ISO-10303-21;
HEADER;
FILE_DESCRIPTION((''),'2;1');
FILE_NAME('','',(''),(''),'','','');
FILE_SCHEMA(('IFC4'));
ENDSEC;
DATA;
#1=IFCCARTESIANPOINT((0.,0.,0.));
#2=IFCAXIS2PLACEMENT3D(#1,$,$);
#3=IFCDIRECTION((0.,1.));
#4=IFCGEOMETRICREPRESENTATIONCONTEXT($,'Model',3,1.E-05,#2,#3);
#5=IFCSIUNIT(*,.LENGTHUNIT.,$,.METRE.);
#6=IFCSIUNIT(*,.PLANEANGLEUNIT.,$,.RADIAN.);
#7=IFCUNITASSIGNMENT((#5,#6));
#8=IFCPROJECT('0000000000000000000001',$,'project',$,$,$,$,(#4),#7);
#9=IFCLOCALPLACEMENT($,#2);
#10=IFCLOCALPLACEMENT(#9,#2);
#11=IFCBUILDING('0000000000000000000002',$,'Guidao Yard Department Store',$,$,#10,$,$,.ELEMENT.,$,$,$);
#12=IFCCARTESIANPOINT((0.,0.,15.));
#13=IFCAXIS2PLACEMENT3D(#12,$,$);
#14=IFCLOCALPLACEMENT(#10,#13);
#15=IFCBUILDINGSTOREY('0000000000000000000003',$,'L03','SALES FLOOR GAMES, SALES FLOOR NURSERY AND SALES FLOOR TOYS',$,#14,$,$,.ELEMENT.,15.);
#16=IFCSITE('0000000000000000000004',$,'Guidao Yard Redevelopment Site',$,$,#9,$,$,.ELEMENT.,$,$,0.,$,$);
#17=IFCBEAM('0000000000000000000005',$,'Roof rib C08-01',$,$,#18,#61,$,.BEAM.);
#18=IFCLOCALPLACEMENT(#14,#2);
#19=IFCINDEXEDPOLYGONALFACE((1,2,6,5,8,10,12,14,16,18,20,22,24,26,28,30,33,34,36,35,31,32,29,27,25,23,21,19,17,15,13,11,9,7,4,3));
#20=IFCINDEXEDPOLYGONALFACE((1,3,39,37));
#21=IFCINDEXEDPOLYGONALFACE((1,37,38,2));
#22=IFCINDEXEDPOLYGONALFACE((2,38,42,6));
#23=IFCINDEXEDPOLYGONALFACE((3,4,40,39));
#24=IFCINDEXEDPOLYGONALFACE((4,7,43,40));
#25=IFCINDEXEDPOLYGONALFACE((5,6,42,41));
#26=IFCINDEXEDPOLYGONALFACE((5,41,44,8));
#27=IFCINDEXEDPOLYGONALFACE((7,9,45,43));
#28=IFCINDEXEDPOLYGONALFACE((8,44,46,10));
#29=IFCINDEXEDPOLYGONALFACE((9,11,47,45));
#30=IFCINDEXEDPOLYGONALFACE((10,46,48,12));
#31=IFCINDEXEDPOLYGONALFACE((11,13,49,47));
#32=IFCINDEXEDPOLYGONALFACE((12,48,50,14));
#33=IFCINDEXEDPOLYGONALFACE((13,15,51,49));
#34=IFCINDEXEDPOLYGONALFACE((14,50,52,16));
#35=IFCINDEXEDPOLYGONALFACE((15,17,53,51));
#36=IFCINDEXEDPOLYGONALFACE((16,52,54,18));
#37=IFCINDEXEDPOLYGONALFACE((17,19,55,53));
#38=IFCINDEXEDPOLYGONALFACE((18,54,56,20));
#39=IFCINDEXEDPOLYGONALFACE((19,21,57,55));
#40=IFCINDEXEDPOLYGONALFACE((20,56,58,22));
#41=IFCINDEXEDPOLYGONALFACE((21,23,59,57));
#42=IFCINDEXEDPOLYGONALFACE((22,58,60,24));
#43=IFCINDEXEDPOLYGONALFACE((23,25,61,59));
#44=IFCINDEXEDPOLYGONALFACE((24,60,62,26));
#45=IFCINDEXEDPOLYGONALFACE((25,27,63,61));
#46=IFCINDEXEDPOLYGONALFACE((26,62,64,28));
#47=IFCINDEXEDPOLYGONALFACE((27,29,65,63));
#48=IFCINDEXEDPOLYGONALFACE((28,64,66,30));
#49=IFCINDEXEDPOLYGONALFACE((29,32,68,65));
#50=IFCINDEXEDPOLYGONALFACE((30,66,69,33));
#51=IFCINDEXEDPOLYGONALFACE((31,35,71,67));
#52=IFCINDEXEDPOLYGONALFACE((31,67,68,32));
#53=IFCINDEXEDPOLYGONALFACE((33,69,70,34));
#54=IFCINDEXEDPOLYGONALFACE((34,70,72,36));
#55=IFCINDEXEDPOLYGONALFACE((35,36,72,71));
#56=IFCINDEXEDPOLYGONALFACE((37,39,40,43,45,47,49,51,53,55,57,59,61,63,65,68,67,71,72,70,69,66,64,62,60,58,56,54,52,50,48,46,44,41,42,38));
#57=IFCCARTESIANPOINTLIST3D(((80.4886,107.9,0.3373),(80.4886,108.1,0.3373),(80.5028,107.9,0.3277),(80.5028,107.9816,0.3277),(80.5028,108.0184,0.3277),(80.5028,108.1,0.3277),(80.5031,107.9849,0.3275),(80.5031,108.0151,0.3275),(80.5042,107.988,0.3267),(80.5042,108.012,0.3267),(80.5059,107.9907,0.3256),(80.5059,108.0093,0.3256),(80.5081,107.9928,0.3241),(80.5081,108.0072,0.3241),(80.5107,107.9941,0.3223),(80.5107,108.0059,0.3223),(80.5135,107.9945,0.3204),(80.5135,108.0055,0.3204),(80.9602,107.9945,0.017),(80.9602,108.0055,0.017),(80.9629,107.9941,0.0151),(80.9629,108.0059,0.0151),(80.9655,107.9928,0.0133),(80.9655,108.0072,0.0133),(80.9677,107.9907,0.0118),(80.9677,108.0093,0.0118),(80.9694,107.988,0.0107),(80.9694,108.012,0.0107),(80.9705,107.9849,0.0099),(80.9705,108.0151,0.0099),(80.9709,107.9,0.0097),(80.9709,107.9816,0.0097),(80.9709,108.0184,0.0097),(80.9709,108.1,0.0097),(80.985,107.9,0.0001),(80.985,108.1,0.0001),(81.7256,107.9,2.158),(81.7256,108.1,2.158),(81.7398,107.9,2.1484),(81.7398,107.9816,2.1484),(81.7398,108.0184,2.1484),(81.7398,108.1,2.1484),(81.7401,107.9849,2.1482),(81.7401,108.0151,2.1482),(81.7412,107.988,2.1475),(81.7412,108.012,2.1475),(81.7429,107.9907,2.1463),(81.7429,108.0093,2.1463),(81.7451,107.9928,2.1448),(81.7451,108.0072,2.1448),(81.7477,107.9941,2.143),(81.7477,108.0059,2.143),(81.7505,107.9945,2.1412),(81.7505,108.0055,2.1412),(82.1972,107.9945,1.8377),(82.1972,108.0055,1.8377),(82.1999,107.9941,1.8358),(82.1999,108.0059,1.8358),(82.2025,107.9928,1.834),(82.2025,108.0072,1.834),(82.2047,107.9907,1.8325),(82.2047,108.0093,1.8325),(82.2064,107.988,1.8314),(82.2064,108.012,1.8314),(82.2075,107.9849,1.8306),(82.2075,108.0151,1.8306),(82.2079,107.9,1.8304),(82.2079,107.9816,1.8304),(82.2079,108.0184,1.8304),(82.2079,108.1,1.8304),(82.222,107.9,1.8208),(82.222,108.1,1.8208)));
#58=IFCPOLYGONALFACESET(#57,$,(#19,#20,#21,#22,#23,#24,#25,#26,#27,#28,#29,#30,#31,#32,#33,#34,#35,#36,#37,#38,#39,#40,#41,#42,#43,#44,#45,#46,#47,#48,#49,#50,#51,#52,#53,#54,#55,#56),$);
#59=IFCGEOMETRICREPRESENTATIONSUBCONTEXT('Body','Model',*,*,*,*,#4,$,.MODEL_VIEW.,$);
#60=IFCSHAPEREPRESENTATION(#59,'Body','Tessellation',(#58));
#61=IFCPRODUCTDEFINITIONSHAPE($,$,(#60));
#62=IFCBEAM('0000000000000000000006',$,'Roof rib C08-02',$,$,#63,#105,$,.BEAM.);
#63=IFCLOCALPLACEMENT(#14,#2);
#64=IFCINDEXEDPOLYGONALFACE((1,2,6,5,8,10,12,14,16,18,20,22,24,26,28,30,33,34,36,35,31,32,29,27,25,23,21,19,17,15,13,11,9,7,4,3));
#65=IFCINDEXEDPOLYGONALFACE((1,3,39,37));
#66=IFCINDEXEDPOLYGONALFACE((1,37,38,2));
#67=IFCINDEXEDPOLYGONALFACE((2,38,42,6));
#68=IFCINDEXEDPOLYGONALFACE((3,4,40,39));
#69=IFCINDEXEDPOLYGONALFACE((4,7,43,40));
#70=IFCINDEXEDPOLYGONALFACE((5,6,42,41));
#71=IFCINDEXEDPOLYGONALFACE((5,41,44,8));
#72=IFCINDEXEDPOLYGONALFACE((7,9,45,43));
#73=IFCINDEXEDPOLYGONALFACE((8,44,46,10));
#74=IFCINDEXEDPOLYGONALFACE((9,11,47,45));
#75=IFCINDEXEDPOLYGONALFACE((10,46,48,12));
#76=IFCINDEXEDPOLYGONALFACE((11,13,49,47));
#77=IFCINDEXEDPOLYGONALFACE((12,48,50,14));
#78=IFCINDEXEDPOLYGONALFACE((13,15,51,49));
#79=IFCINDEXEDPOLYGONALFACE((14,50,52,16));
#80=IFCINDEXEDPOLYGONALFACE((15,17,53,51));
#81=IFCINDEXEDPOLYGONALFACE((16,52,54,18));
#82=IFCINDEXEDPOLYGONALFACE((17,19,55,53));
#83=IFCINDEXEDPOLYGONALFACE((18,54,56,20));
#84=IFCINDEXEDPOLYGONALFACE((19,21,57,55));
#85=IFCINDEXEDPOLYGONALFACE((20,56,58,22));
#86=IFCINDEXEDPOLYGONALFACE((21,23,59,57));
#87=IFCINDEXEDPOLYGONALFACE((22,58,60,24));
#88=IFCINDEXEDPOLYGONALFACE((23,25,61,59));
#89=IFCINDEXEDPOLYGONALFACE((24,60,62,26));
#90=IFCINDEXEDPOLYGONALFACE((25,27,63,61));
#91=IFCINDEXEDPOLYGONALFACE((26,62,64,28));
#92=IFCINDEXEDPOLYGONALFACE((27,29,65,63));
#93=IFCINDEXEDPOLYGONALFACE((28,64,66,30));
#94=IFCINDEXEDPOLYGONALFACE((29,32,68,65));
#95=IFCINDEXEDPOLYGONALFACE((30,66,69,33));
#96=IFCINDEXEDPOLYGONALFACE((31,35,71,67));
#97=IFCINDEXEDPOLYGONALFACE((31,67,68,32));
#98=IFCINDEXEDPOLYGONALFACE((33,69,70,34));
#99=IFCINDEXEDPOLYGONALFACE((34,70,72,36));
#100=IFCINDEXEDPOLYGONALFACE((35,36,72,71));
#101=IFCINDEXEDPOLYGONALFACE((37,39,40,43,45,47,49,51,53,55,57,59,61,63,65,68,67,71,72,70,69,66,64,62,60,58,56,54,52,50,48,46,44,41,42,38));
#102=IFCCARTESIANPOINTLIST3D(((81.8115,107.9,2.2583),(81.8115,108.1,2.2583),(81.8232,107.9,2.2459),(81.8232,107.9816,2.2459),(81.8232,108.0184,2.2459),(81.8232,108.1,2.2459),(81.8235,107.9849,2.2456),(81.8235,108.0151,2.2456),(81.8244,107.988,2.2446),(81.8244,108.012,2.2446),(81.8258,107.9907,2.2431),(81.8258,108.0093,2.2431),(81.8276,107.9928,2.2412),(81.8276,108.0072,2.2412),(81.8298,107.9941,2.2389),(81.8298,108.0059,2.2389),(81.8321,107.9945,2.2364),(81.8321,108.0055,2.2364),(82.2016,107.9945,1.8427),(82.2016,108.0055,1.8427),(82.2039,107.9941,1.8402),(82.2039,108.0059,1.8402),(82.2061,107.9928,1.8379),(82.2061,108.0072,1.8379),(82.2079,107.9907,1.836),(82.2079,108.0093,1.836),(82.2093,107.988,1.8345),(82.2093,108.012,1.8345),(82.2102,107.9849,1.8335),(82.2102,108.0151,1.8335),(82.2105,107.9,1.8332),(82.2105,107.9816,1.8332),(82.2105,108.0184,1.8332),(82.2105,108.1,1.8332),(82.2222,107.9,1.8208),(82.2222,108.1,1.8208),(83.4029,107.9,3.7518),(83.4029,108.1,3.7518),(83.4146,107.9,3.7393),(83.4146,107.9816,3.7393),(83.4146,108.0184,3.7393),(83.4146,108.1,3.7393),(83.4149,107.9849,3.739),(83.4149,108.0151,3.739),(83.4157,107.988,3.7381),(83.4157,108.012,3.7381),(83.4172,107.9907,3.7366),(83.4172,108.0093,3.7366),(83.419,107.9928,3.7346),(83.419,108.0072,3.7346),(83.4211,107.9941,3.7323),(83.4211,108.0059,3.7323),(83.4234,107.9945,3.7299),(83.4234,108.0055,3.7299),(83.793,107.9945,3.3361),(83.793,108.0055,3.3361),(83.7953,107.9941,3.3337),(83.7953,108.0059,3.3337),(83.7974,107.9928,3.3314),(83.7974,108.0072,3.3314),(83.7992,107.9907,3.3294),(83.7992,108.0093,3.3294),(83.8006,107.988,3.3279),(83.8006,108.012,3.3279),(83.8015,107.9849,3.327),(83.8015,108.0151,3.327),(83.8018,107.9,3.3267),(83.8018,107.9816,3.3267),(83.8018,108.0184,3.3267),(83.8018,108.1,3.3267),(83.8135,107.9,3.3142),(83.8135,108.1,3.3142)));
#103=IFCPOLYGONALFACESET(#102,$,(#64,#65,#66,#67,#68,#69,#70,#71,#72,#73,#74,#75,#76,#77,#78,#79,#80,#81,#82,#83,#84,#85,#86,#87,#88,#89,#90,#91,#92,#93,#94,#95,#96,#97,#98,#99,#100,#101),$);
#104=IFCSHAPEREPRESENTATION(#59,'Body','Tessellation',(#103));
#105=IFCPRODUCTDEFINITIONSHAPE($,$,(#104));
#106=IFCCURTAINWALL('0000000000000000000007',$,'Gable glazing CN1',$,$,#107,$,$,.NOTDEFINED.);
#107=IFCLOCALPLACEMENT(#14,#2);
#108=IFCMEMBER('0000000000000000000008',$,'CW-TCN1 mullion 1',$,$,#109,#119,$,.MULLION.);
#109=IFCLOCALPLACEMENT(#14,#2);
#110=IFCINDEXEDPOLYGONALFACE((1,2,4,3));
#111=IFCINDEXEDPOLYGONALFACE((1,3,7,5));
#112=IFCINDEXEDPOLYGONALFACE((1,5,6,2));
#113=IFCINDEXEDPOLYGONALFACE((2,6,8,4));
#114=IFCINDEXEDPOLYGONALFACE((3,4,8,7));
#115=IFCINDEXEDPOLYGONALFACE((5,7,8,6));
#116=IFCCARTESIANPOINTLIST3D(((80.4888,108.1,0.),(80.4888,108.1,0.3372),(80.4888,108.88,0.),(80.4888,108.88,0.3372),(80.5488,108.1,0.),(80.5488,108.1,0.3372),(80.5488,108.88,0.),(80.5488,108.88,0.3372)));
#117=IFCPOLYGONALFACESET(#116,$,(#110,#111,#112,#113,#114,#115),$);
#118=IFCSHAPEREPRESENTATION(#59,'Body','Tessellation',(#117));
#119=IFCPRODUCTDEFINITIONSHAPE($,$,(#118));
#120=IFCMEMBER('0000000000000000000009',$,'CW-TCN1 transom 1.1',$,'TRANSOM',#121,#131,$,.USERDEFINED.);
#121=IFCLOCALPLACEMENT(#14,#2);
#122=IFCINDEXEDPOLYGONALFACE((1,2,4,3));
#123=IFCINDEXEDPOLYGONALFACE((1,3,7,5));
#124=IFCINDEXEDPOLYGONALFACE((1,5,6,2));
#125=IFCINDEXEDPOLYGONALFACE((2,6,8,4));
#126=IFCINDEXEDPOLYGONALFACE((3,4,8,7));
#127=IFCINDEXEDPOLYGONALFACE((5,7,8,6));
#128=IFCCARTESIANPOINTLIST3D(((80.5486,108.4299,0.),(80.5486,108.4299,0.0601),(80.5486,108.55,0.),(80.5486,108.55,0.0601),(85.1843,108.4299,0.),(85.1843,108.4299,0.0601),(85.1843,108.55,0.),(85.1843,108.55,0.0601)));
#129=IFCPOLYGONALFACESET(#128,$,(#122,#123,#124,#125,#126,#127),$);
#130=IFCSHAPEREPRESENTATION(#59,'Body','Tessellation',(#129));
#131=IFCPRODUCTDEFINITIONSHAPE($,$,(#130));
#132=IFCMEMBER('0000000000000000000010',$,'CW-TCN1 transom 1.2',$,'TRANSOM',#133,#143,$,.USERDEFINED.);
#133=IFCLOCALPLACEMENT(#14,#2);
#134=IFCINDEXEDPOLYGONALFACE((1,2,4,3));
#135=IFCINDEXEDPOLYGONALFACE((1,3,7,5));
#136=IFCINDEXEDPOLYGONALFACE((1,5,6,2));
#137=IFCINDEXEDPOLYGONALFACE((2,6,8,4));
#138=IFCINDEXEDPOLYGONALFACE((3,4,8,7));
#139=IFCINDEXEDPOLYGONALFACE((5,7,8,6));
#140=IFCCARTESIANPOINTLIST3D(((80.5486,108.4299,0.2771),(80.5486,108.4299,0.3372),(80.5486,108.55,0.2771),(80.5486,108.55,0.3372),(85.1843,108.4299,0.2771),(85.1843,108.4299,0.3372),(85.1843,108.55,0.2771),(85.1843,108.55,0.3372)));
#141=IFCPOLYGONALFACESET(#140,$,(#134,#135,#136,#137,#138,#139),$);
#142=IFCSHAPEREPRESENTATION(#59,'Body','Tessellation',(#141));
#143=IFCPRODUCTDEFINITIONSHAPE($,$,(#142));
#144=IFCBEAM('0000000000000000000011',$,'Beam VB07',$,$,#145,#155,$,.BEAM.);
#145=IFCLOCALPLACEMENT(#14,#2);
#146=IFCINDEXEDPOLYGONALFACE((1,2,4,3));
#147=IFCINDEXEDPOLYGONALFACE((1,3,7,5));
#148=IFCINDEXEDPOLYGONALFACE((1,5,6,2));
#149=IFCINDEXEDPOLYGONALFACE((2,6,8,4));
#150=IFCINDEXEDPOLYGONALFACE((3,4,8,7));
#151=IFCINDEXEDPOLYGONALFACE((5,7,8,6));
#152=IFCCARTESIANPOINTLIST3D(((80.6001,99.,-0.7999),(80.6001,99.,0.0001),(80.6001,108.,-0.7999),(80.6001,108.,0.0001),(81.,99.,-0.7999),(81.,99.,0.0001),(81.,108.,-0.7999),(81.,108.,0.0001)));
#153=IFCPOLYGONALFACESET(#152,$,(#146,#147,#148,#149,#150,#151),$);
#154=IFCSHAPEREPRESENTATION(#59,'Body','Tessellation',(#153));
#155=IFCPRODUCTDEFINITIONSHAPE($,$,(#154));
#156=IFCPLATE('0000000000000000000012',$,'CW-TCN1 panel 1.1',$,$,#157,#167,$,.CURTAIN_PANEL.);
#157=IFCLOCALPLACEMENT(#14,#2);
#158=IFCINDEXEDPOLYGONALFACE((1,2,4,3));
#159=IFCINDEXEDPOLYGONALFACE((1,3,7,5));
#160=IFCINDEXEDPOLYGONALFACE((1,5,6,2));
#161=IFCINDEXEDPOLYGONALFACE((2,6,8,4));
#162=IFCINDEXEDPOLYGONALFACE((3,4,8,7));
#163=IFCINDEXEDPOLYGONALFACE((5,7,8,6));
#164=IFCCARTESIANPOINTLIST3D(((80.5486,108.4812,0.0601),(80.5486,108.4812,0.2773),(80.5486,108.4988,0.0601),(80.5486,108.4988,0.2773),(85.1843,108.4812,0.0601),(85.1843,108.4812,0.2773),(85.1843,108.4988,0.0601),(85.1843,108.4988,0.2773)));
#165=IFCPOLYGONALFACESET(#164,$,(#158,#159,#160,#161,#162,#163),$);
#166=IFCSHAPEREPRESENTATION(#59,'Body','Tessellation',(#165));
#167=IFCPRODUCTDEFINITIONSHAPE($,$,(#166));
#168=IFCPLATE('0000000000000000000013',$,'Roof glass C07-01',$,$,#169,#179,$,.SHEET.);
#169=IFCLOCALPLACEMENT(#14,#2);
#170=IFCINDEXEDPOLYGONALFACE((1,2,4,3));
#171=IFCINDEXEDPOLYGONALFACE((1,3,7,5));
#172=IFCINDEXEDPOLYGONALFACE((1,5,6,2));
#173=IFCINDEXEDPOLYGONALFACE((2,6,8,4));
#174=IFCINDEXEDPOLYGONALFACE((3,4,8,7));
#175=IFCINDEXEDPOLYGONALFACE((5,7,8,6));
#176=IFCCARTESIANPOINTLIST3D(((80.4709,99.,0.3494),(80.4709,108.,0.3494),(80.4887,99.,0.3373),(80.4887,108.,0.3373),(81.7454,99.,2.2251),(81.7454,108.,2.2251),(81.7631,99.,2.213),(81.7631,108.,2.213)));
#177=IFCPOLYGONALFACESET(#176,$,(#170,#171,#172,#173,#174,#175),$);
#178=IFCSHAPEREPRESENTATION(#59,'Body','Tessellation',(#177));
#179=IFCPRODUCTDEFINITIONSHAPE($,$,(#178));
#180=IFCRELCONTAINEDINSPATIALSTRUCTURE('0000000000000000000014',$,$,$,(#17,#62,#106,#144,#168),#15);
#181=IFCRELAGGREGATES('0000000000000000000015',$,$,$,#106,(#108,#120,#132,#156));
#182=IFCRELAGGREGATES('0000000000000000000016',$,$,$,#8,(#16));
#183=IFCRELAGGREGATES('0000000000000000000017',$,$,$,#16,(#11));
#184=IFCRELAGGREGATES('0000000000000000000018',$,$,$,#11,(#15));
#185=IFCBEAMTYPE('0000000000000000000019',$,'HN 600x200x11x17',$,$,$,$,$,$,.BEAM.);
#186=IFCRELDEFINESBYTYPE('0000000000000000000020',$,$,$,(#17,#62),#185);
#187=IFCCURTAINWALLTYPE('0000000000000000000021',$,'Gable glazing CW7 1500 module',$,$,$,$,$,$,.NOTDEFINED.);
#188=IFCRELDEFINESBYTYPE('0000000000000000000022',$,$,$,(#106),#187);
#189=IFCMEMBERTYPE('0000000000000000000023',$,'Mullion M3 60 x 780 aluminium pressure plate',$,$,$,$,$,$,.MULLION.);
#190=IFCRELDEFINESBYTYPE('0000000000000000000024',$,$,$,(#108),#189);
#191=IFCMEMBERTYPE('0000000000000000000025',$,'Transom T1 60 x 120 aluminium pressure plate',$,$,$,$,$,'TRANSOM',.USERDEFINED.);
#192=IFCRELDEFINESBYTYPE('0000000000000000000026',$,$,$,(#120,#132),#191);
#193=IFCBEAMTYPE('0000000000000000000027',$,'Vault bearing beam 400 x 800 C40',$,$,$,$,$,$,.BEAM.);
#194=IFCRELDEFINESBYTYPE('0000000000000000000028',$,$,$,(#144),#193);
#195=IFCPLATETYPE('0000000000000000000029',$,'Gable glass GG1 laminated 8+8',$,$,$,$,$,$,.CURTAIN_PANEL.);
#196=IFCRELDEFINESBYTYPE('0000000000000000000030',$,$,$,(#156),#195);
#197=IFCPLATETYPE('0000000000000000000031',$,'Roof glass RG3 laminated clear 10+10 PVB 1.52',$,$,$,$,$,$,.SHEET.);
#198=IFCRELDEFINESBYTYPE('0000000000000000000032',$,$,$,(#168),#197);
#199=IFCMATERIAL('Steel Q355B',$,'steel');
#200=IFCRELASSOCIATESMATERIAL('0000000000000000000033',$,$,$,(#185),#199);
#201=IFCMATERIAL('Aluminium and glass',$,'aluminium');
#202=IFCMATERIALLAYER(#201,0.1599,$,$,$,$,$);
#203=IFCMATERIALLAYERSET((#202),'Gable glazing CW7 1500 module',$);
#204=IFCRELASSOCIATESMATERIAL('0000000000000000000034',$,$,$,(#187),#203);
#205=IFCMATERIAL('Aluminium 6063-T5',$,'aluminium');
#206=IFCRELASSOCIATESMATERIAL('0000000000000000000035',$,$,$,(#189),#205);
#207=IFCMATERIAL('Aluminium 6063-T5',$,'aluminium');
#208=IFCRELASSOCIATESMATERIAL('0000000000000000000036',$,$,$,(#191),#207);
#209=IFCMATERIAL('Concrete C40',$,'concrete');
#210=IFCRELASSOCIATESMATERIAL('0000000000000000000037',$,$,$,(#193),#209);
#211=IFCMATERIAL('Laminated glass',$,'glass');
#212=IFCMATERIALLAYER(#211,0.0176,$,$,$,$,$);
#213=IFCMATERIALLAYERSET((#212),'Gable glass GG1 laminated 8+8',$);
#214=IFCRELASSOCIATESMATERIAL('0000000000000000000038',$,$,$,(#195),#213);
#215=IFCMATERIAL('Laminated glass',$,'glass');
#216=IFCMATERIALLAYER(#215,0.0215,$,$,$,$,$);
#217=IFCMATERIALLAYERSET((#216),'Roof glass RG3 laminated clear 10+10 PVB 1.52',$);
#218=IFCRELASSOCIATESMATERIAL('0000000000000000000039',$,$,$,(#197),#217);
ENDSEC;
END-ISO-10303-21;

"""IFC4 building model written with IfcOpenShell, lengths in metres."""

from ifc_helpers import new_model, si_unit, direction, frame, origin, origin_2d, place, context, subcontext, project, spatial, polyline, rectangle, i_section, outline, extrude, material, layer, layer_set, material_profile, profile_set, type_object, element, aggregate, save


model = new_model("IFC4")

# Units and contexts
model_context = context("Model", 3, precision=1e-05, world=origin(), true_north=direction((0.0, 1.0)))
body_context = subcontext(model_context, "Body", "Model", "MODEL_VIEW")
ifc_project = project(units=[si_unit("LENGTHUNIT", "METRE"), si_unit("PLANEANGLEUNIT", "RADIAN")], contexts=[model_context])

# Site, building, storey
site_placement = place(None, origin())
site = spatial("IfcSite", under=ifc_project, at=site_placement, Name="Guidao Yard Redevelopment Site", CompositionType="ELEMENT", RefElevation=0.0)
building_placement = place(site_placement, origin())
building = spatial("IfcBuilding", under=site, at=building_placement, Name="Guidao Yard Department Store", CompositionType="ELEMENT")
storey_placement = place(building_placement, frame((0.0, 0.0, 15.0)))
storey = spatial("IfcBuildingStorey", under=building, at=storey_placement, Name="L03", Description="SALES FLOOR GAMES, SALES FLOOR NURSERY AND SALES FLOOR TOYS", CompositionType="ELEMENT", Elevation=15.0)

# Beams
ifc_material_1 = material(Name="Steel Q355B", Category="steel")
ifc_material_profile_1 = material_profile(ifc_material_1, i_section(OverallWidth=0.2, OverallDepth=0.6001, WebThickness=0.011, FlangeThickness=0.0171, FilletRadius=0.0129, at=origin_2d()), Name="HN 600x200x11x17")
ifc_profile_set_1 = profile_set([ifc_material_profile_1], Name="Steel Q355B")
beam_type_1 = type_object("IfcBeamType", Name="HN 600x200x11x17", PredefinedType="BEAM", material=ifc_profile_set_1)
beam_1_placement = place(storey_placement, frame((80.7368, 108.0, 0.1687), z_axis=(0.561973, 0.0, 0.827155), x_axis=(0.0, 1.0, 0.0)))
element("IfcBeam", 1, at=beam_1_placement, inside=storey, type_object=beam_type_1, Name="Roof rib C08-01", PredefinedType="BEAM", context=body_context, shape_type="SweptSolid", body=[
    extrude(i_section(OverallWidth=0.2, OverallDepth=0.6001, WebThickness=0.011, FlangeThickness=0.0171, FilletRadius=0.0129, at=origin_2d()), origin(), (0.0, 0.0, 1.0), 2.2012),
])
beam_2_placement = place(storey_placement, frame((82.0168, 108.0, 2.0396), z_axis=(0.729181, 0.0, 0.684321), x_axis=(0.0, 1.0, 0.0)))
element("IfcBeam", 2, at=beam_2_placement, inside=storey, type_object=beam_type_1, Name="Roof rib C08-02", PredefinedType="BEAM", context=body_context, shape_type="SweptSolid", body=[
    extrude(i_section(OverallWidth=0.2, OverallDepth=0.6001, WebThickness=0.011, FlangeThickness=0.0171, FilletRadius=0.0129, at=origin_2d()), origin(), (0.0, 0.0, 1.0), 2.1824),
])

# Curtain wall, members
ifc_material_2 = material(Name="Aluminium and glass", Category="aluminium")
ifc_layer_1 = layer(ifc_material_2, 0.1599)
ifc_layer_set_1 = layer_set([ifc_layer_1], Name="Gable glazing CW7 1500 module")
curtain_wall_type = type_object("IfcCurtainWallType", Name="Gable glazing CW7 1500 module", PredefinedType="NOTDEFINED", material=ifc_layer_set_1)
curtain_wall_placement = place(storey_placement, origin())
curtain_wall = element("IfcCurtainWall", 3, at=curtain_wall_placement, inside=storey, type_object=curtain_wall_type, Name="Gable glazing CN1", PredefinedType="NOTDEFINED")
ifc_material_3 = material(Name="Aluminium 6063-T5", Category="aluminium")
ifc_material_profile_2 = material_profile(ifc_material_3, rectangle(XDim=0.0601, YDim=0.78, at=origin_2d()), Name="Mullion M3 60 x 780 aluminium pressure plate")
ifc_profile_set_2 = profile_set([ifc_material_profile_2], Name="Aluminium 6063-T5")
member_type_1 = type_object("IfcMemberType", Name="Mullion M3 60 x 780 aluminium pressure plate", PredefinedType="MULLION", material=ifc_profile_set_2)
member_1_placement = place(storey_placement, frame((80.5188, 108.49, 0.0), z_axis=(0.0, 0.0, 1.0), x_axis=(1.0, 0.0, 0.0)))
member_1 = element("IfcMember", 4, at=member_1_placement, type_object=member_type_1, Name="CW-TCN1 mullion 1", PredefinedType="MULLION", context=body_context, shape_type="SweptSolid", body=[
    extrude(rectangle(XDim=0.0601, YDim=0.78, at=origin_2d()), origin(), (0.0, 0.0, 1.0), 0.3372),
])
ifc_material_4 = material(Name="Aluminium 6063-T5", Category="aluminium")
ifc_material_profile_3 = material_profile(ifc_material_4, rectangle(XDim=0.1201, YDim=0.0601, at=origin_2d()), Name="Transom T1 60 x 120 aluminium pressure plate")
ifc_profile_set_3 = profile_set([ifc_material_profile_3], Name="Aluminium 6063-T5")
member_type_2 = type_object("IfcMemberType", Name="Transom T1 60 x 120 aluminium pressure plate", ElementType="TRANSOM", PredefinedType="USERDEFINED", material=ifc_profile_set_3)
member_2_placement = place(storey_placement, frame((80.5486, 108.49, 0.03), z_axis=(1.0, 0.0, 0.0), x_axis=(0.0, 1.0, 0.0)))
member_2 = element("IfcMember", 5, at=member_2_placement, type_object=member_type_2, Name="CW-TCN1 transom 1.1", ObjectType="TRANSOM", PredefinedType="USERDEFINED", context=body_context, shape_type="SweptSolid", body=[
    extrude(rectangle(XDim=0.1201, YDim=0.0601, at=origin_2d()), origin(), (0.0, 0.0, 1.0), 4.6357),
])
member_3_placement = place(storey_placement, frame((80.5486, 108.49, 0.3071), z_axis=(1.0, 0.0, 0.0), x_axis=(0.0, 1.0, 0.0)))
member_3 = element("IfcMember", 6, at=member_3_placement, type_object=member_type_2, Name="CW-TCN1 transom 1.2", ObjectType="TRANSOM", PredefinedType="USERDEFINED", context=body_context, shape_type="SweptSolid", body=[
    extrude(rectangle(XDim=0.1201, YDim=0.0601, at=origin_2d()), origin(), (0.0, 0.0, 1.0), 4.6357),
])

# Beam
ifc_material_5 = material(Name="Concrete C40", Category="concrete")
ifc_material_profile_4 = material_profile(ifc_material_5, rectangle(XDim=0.3999, YDim=0.8, at=origin_2d()), Name="Vault bearing beam 400 x 800 C40")
ifc_profile_set_4 = profile_set([ifc_material_profile_4], Name="Concrete C40")
beam_type_2 = type_object("IfcBeamType", Name="Vault bearing beam 400 x 800 C40", PredefinedType="BEAM", material=ifc_profile_set_4)
beam_3_placement = place(storey_placement, frame((80.8, 99.0, -0.3999), z_axis=(0.0, 1.0, 0.0), x_axis=(-1.0, 0.0, 0.0)))
element("IfcBeam", 7, at=beam_3_placement, inside=storey, type_object=beam_type_2, Name="Beam VB07", PredefinedType="BEAM", context=body_context, shape_type="SweptSolid", body=[
    extrude(rectangle(XDim=0.3999, YDim=0.8, at=origin_2d()), origin(), (0.0, 0.0, 1.0), 9.0),
])

# Plate
ifc_material_6 = material(Name="Laminated glass", Category="glass")
ifc_layer_2 = layer(ifc_material_6, 0.0176)
ifc_layer_set_2 = layer_set([ifc_layer_2], Name="Gable glass GG1 laminated 8+8")
plate_type_1 = type_object("IfcPlateType", Name="Gable glass GG1 laminated 8+8", PredefinedType="CURTAIN_PANEL", material=ifc_layer_set_2)
plate_1_placement = place(storey_placement, frame((82.8665, 108.49, 0.0601), z_axis=(0.0, 0.0, 1.0), x_axis=(1.0, 0.0, 0.0)))
plate_1 = element("IfcPlate", 8, at=plate_1_placement, type_object=plate_type_1, Name="CW-TCN1 panel 1.1", PredefinedType="CURTAIN_PANEL", context=body_context, shape_type="SweptSolid", body=[
    extrude(rectangle(XDim=4.6357, YDim=0.0176, at=origin_2d()), origin(), (0.0, 0.0, 1.0), 0.2173),
])
aggregate(curtain_wall, [member_1, member_2, member_3, plate_1])

# Plate
ifc_material_7 = material(Name="Laminated glass", Category="glass")
ifc_layer_3 = layer(ifc_material_7, 0.0215)
ifc_layer_set_3 = layer_set([ifc_layer_3], Name="Roof glass RG3 laminated clear 10+10 PVB 1.52")
plate_type_2 = type_object("IfcPlateType", Name="Roof glass RG3 laminated clear 10+10 PVB 1.52", PredefinedType="SHEET", material=ifc_layer_set_3)
plate_2_placement = place(storey_placement, frame((80.4709, 99.0, 0.3494), z_axis=(-0.827149, 0.0, 0.561983), x_axis=(0.561983, 0.0, 0.827149)))
element("IfcPlate", 9, at=plate_2_placement, inside=storey, type_object=plate_type_2, Name="Roof glass C07-01", PredefinedType="SHEET", context=body_context, shape_type="SweptSolid", body=[
    extrude(outline(polyline([(0.0, 0.0), (2.2677, 0.0), (2.2677, 9.0), (0.0, 9.0), (0.0, 0.0)])), origin(), (0.0, 0.0, -1.0), 0.0215),
])

save(model, "model.ifc")
